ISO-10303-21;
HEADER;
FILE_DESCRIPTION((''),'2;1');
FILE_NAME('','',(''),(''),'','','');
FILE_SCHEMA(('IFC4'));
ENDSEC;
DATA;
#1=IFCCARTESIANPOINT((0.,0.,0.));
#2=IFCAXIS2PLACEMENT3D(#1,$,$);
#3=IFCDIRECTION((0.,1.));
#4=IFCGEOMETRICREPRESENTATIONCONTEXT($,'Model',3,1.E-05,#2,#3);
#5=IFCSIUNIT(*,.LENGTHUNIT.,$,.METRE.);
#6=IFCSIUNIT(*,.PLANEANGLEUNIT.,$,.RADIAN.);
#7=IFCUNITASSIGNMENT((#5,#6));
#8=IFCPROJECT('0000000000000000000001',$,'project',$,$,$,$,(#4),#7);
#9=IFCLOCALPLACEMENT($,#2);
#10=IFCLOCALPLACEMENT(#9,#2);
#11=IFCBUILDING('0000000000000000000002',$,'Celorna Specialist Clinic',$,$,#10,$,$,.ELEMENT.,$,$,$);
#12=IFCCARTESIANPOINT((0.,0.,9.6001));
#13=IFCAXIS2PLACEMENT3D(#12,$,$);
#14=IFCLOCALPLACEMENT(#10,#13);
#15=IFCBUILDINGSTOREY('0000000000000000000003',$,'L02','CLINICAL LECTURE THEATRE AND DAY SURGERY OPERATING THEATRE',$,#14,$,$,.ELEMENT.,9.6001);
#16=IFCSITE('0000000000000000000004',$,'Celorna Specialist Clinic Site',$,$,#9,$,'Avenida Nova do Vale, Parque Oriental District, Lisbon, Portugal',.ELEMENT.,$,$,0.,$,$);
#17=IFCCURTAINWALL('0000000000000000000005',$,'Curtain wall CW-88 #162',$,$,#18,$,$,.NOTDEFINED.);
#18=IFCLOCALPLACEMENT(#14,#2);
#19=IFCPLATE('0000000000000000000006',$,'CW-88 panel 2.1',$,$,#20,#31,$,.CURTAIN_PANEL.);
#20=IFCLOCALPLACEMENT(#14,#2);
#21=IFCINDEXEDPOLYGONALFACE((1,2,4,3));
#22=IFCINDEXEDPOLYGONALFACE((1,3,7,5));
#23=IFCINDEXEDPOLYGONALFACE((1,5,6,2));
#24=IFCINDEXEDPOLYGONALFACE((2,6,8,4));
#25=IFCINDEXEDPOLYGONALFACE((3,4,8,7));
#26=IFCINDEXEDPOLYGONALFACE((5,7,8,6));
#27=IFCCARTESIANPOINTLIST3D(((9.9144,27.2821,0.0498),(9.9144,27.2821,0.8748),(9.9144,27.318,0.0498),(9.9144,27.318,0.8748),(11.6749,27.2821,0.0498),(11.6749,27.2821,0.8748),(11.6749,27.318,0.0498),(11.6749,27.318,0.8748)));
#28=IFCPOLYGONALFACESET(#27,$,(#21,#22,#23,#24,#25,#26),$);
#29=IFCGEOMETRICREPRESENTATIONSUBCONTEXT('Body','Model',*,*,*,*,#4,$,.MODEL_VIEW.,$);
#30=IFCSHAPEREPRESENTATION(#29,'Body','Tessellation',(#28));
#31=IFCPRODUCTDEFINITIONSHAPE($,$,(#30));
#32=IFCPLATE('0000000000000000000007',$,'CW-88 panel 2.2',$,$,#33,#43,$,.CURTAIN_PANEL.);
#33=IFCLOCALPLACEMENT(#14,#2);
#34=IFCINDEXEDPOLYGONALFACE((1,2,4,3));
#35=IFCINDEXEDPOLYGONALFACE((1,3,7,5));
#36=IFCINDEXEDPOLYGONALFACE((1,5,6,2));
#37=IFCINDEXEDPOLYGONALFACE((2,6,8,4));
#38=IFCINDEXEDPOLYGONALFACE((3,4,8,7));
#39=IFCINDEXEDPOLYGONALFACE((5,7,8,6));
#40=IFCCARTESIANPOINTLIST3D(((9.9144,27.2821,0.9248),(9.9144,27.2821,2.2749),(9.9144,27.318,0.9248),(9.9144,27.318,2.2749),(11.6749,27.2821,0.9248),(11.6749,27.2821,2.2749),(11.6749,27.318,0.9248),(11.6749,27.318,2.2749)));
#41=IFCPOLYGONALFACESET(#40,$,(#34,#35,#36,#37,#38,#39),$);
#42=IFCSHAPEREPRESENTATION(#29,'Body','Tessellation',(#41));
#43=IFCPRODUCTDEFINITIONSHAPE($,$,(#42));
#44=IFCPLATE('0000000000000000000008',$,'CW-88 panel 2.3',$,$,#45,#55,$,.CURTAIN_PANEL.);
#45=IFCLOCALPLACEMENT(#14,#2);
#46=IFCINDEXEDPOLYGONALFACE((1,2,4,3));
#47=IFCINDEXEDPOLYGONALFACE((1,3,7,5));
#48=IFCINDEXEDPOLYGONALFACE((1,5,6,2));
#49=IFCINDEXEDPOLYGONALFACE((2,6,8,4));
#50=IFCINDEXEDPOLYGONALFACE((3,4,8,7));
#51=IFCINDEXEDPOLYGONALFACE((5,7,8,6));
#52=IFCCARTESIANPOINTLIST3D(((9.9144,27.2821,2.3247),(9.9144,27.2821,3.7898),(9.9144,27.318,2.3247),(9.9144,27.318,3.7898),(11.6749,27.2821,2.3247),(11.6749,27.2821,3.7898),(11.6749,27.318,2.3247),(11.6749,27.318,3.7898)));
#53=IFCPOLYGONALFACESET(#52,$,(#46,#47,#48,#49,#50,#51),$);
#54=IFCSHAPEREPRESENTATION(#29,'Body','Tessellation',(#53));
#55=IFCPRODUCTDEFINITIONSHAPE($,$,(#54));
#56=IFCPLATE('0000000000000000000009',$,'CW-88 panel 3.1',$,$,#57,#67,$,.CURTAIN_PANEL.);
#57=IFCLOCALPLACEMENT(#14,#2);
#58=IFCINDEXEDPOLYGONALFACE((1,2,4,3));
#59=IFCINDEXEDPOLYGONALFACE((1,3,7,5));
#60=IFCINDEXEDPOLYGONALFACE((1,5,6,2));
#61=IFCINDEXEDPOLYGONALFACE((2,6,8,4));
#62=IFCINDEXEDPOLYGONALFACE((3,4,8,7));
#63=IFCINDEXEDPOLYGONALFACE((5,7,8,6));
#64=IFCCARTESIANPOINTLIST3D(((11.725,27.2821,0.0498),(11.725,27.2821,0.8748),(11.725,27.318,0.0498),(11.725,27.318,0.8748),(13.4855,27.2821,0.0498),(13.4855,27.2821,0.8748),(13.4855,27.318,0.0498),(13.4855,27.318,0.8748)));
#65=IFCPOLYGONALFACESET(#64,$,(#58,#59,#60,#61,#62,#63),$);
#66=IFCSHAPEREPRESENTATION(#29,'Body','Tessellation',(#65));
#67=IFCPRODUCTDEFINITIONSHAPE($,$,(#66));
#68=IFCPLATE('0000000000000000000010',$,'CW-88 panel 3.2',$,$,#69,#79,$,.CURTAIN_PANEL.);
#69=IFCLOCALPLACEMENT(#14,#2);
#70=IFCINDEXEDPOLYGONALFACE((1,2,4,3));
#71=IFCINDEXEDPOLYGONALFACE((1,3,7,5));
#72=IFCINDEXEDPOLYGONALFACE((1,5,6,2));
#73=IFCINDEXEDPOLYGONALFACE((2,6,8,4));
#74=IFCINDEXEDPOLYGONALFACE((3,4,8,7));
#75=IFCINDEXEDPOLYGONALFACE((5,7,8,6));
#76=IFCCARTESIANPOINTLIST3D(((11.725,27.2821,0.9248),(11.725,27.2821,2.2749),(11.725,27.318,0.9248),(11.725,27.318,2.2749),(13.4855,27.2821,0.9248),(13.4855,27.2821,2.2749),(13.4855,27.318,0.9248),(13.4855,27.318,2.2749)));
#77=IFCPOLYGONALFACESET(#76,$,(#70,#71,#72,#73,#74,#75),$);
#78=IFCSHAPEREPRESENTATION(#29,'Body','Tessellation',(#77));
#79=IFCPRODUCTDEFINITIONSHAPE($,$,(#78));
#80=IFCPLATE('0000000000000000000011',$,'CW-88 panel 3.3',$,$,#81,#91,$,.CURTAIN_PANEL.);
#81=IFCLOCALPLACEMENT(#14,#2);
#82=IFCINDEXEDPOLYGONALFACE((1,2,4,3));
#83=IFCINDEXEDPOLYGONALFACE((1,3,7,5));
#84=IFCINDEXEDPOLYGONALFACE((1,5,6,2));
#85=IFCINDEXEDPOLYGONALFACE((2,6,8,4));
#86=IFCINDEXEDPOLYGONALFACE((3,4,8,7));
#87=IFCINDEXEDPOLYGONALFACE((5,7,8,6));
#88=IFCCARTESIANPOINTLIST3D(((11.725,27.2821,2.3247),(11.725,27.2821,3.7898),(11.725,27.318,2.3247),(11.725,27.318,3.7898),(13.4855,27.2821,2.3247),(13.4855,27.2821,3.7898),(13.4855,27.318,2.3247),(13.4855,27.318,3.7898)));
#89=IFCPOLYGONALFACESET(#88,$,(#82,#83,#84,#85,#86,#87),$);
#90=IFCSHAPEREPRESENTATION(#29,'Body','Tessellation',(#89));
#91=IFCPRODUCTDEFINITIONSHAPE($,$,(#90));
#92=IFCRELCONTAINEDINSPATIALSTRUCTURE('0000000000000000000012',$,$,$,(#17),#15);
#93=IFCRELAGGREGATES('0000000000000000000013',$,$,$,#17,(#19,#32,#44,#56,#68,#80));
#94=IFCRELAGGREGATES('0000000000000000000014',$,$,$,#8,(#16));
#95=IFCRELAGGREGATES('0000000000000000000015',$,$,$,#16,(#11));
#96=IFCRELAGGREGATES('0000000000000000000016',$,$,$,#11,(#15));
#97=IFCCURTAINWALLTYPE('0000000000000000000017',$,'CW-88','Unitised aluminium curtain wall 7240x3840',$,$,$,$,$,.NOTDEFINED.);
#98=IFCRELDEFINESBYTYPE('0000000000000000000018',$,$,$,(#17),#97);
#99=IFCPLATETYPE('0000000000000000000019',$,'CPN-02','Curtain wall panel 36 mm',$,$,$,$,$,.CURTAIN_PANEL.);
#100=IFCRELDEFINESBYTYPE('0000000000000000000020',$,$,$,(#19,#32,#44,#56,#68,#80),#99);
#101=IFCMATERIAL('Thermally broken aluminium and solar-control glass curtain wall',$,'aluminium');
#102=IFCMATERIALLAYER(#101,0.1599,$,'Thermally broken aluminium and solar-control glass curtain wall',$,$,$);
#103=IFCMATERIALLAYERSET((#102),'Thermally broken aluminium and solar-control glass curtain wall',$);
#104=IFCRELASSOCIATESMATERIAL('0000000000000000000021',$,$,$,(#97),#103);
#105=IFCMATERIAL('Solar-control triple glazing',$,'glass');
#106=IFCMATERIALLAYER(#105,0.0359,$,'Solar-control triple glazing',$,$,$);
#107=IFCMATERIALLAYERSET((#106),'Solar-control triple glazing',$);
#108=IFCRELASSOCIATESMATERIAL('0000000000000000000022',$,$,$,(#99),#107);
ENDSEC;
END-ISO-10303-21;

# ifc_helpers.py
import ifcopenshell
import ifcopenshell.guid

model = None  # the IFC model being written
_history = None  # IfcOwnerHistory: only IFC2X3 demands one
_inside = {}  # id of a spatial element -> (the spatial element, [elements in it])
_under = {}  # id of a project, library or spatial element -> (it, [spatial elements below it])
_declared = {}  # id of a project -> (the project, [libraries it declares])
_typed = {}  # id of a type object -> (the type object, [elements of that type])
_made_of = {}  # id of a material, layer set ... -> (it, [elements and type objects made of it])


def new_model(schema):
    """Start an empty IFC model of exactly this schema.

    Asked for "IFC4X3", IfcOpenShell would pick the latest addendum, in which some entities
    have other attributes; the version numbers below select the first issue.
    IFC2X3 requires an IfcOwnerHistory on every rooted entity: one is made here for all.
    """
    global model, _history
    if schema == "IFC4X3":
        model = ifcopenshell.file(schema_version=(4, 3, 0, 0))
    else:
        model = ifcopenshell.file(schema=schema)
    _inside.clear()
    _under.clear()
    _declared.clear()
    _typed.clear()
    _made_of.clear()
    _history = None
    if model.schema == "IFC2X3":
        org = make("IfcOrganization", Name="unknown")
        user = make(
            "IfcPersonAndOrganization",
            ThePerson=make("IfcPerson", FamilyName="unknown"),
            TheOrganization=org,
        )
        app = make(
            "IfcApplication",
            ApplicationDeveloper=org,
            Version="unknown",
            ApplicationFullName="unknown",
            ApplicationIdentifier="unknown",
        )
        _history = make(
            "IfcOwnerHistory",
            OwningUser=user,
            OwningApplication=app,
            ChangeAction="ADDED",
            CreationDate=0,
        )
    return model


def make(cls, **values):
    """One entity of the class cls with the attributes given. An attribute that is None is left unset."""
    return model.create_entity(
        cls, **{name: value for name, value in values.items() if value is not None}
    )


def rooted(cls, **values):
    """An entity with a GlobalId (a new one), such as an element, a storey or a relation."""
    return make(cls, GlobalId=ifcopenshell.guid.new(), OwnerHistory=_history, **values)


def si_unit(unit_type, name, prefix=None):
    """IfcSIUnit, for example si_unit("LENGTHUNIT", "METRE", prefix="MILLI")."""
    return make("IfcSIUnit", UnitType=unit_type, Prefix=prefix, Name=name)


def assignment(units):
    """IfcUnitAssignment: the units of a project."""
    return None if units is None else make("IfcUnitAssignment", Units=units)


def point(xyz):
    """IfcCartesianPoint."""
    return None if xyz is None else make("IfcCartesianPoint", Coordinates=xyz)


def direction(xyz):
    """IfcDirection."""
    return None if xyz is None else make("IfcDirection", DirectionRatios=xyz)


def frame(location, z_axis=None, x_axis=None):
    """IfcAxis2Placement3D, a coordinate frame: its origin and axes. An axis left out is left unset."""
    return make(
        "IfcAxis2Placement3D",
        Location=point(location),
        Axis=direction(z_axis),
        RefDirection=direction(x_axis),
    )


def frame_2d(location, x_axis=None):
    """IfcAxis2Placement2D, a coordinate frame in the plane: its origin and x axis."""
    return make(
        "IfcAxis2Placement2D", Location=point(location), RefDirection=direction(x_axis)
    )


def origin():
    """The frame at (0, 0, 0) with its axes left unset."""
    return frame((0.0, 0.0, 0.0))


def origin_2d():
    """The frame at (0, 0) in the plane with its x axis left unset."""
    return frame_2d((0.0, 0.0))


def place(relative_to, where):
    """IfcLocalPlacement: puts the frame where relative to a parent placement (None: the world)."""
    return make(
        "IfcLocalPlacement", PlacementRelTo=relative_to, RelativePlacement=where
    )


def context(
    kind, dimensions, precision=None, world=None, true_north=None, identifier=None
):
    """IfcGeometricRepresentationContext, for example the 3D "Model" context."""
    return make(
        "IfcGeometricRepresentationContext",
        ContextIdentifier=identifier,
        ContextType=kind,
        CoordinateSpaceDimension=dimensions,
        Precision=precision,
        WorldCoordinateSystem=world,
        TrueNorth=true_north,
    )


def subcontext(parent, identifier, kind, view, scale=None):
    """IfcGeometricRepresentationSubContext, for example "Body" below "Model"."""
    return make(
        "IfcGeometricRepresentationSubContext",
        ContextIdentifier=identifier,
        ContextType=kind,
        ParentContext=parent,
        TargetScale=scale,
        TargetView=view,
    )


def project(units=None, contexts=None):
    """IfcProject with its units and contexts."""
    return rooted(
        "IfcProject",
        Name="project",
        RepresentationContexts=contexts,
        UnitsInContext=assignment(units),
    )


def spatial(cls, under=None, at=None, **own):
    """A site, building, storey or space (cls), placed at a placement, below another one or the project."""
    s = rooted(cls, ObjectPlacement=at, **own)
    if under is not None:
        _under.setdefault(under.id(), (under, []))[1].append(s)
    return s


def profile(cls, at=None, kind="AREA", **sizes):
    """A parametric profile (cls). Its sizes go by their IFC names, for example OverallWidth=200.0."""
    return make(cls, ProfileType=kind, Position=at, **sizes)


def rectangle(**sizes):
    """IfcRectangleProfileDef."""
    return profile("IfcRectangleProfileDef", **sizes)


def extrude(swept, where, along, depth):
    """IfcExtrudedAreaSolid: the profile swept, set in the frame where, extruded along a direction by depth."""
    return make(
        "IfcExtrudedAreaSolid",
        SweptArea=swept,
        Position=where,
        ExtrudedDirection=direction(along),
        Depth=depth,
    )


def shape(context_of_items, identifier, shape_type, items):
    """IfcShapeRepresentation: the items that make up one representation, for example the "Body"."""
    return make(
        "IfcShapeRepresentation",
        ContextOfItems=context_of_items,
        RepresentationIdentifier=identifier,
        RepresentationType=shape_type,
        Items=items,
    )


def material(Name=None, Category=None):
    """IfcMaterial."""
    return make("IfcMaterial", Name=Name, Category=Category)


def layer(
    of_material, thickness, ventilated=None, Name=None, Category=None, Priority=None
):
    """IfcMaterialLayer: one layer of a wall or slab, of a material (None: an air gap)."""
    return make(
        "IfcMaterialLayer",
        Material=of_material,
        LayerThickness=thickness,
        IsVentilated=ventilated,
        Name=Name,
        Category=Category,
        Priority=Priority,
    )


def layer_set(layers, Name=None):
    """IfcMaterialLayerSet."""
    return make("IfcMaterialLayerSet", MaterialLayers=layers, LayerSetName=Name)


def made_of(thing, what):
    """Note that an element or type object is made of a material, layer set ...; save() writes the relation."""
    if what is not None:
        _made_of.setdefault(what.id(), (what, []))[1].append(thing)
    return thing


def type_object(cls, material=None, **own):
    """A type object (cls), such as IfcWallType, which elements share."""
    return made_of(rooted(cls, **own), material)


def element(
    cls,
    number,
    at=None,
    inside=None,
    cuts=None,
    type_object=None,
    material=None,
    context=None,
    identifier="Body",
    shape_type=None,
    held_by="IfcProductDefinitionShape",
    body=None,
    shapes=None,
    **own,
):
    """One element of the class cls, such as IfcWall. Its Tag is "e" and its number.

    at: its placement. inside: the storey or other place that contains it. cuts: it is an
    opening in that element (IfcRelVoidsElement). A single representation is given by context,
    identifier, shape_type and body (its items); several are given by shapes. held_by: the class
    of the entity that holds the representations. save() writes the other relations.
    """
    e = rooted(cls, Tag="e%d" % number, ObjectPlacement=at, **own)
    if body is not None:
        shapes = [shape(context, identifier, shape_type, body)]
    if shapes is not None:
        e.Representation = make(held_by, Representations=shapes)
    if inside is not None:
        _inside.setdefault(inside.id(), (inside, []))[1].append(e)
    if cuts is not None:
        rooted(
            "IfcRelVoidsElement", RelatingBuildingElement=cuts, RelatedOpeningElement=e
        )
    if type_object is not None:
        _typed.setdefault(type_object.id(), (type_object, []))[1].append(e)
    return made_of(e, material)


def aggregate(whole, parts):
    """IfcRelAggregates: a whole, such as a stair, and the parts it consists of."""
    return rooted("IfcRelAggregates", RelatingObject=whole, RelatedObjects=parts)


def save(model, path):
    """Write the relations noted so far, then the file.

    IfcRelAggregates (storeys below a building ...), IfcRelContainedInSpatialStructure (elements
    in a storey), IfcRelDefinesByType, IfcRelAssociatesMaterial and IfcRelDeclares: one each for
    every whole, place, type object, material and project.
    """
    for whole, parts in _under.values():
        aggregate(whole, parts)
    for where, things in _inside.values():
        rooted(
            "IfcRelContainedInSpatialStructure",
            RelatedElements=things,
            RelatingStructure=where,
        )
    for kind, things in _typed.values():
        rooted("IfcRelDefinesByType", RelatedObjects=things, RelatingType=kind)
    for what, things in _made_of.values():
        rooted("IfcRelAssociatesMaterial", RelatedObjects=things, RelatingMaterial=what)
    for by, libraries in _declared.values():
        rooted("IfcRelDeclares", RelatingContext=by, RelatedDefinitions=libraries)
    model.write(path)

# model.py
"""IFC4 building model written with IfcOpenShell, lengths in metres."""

from ifc_helpers import new_model, si_unit, direction, frame, origin, origin_2d, place, context, subcontext, project, spatial, rectangle, extrude, material, layer, layer_set, type_object, element, aggregate, save


model = new_model("IFC4")

# Units and contexts
model_context = context("Model", 3, precision=1e-05, world=origin(), true_north=direction((0.0, 1.0)))
body_context = subcontext(model_context, "Body", "Model", "MODEL_VIEW")
ifc_project = project(units=[si_unit("LENGTHUNIT", "METRE"), si_unit("PLANEANGLEUNIT", "RADIAN")], contexts=[model_context])

# Site, building, storey
site_placement = place(None, origin())
site = spatial("IfcSite", under=ifc_project, at=site_placement, Name="Celorna Specialist Clinic Site", LongName="Avenida Nova do Vale, Parque Oriental District, Lisbon, Portugal", CompositionType="ELEMENT", RefElevation=0.0)
building_placement = place(site_placement, origin())
building = spatial("IfcBuilding", under=site, at=building_placement, Name="Celorna Specialist Clinic", CompositionType="ELEMENT")
storey_placement = place(building_placement, frame((0.0, 0.0, 9.6001)))
storey = spatial("IfcBuildingStorey", under=building, at=storey_placement, Name="L02", Description="CLINICAL LECTURE THEATRE AND DAY SURGERY OPERATING THEATRE", CompositionType="ELEMENT", Elevation=9.6001)

# Shared definitions
ifc_material_1 = material(Name="Thermally broken aluminium and solar-control glass curtain wall", Category="aluminium")

# Curtain wall
ifc_layer_1 = layer(ifc_material_1, 0.1599, Name="Thermally broken aluminium and solar-control glass curtain wall")
ifc_layer_set_1 = layer_set([ifc_layer_1], Name="Thermally broken aluminium and solar-control glass curtain wall")
curtain_wall_type_1 = type_object("IfcCurtainWallType", Name="CW-88", Description="Unitised aluminium curtain wall 7240x3840", PredefinedType="NOTDEFINED", material=ifc_layer_set_1)
curtain_wall_1_placement = place(storey_placement, origin())
curtain_wall_1 = element("IfcCurtainWall", 1, at=curtain_wall_1_placement, inside=storey, type_object=curtain_wall_type_1, Name="Curtain wall CW-88 #162", PredefinedType="NOTDEFINED")

# Plates
ifc_material_2 = material(Name="Solar-control triple glazing", Category="glass")
ifc_layer_2 = layer(ifc_material_2, 0.0359, Name="Solar-control triple glazing")
ifc_layer_set_2 = layer_set([ifc_layer_2], Name="Solar-control triple glazing")
plate_type_1 = type_object("IfcPlateType", Name="CPN-02", Description="Curtain wall panel 36 mm", PredefinedType="CURTAIN_PANEL", material=ifc_layer_set_2)
plate_1_placement = place(storey_placement, frame((10.7947, 27.3, 0.0498), z_axis=(0.0, 0.0, 1.0), x_axis=(1.0, 0.0, 0.0)))
plate_1 = element("IfcPlate", 2, at=plate_1_placement, type_object=plate_type_1, Name="CW-88 panel 2.1", PredefinedType="CURTAIN_PANEL", context=body_context, shape_type="SweptSolid", body=[
    extrude(rectangle(XDim=1.7605, YDim=0.0359, at=origin_2d()), origin(), (0.0, 0.0, 1.0), 0.825),
])
plate_2_placement = place(storey_placement, frame((10.7947, 27.3, 0.9248), z_axis=(0.0, 0.0, 1.0), x_axis=(1.0, 0.0, 0.0)))
plate_2 = element("IfcPlate", 3, at=plate_2_placement, type_object=plate_type_1, Name="CW-88 panel 2.2", PredefinedType="CURTAIN_PANEL", context=body_context, shape_type="SweptSolid", body=[
    extrude(rectangle(XDim=1.7605, YDim=0.0359, at=origin_2d()), origin(), (0.0, 0.0, 1.0), 1.3501),
])
plate_3_placement = place(storey_placement, frame((10.7947, 27.3, 2.3247), z_axis=(0.0, 0.0, 1.0), x_axis=(1.0, 0.0, 0.0)))
plate_3 = element("IfcPlate", 4, at=plate_3_placement, type_object=plate_type_1, Name="CW-88 panel 2.3", PredefinedType="CURTAIN_PANEL", context=body_context, shape_type="SweptSolid", body=[
    extrude(rectangle(XDim=1.7605, YDim=0.0359, at=origin_2d()), origin(), (0.0, 0.0, 1.0), 1.4651),
])
plate_4_placement = place(storey_placement, frame((12.6052, 27.3, 0.0498), z_axis=(0.0, 0.0, 1.0), x_axis=(1.0, 0.0, 0.0)))
plate_4 = element("IfcPlate", 5, at=plate_4_placement, type_object=plate_type_1, Name="CW-88 panel 3.1", PredefinedType="CURTAIN_PANEL", context=body_context, shape_type="SweptSolid", body=[
    extrude(rectangle(XDim=1.7605, YDim=0.0359, at=origin_2d()), origin(), (0.0, 0.0, 1.0), 0.825),
])
plate_5_placement = place(storey_placement, frame((12.6052, 27.3, 0.9248), z_axis=(0.0, 0.0, 1.0), x_axis=(1.0, 0.0, 0.0)))
plate_5 = element("IfcPlate", 6, at=plate_5_placement, type_object=plate_type_1, Name="CW-88 panel 3.2", PredefinedType="CURTAIN_PANEL", context=body_context, shape_type="SweptSolid", body=[
    extrude(rectangle(XDim=1.7605, YDim=0.0359, at=origin_2d()), origin(), (0.0, 0.0, 1.0), 1.3501),
])
plate_6_placement = place(storey_placement, frame((12.6052, 27.3, 2.3247), z_axis=(0.0, 0.0, 1.0), x_axis=(1.0, 0.0, 0.0)))
plate_6 = element("IfcPlate", 7, at=plate_6_placement, type_object=plate_type_1, Name="CW-88 panel 3.3", PredefinedType="CURTAIN_PANEL", context=body_context, shape_type="SweptSolid", body=[
    extrude(rectangle(XDim=1.7605, YDim=0.0359, at=origin_2d()), origin(), (0.0, 0.0, 1.0), 1.4651),
])
aggregate(curtain_wall_1, [plate_1, plate_2, plate_3, plate_4, plate_5, plate_6])

save(model, "model.ifc")
